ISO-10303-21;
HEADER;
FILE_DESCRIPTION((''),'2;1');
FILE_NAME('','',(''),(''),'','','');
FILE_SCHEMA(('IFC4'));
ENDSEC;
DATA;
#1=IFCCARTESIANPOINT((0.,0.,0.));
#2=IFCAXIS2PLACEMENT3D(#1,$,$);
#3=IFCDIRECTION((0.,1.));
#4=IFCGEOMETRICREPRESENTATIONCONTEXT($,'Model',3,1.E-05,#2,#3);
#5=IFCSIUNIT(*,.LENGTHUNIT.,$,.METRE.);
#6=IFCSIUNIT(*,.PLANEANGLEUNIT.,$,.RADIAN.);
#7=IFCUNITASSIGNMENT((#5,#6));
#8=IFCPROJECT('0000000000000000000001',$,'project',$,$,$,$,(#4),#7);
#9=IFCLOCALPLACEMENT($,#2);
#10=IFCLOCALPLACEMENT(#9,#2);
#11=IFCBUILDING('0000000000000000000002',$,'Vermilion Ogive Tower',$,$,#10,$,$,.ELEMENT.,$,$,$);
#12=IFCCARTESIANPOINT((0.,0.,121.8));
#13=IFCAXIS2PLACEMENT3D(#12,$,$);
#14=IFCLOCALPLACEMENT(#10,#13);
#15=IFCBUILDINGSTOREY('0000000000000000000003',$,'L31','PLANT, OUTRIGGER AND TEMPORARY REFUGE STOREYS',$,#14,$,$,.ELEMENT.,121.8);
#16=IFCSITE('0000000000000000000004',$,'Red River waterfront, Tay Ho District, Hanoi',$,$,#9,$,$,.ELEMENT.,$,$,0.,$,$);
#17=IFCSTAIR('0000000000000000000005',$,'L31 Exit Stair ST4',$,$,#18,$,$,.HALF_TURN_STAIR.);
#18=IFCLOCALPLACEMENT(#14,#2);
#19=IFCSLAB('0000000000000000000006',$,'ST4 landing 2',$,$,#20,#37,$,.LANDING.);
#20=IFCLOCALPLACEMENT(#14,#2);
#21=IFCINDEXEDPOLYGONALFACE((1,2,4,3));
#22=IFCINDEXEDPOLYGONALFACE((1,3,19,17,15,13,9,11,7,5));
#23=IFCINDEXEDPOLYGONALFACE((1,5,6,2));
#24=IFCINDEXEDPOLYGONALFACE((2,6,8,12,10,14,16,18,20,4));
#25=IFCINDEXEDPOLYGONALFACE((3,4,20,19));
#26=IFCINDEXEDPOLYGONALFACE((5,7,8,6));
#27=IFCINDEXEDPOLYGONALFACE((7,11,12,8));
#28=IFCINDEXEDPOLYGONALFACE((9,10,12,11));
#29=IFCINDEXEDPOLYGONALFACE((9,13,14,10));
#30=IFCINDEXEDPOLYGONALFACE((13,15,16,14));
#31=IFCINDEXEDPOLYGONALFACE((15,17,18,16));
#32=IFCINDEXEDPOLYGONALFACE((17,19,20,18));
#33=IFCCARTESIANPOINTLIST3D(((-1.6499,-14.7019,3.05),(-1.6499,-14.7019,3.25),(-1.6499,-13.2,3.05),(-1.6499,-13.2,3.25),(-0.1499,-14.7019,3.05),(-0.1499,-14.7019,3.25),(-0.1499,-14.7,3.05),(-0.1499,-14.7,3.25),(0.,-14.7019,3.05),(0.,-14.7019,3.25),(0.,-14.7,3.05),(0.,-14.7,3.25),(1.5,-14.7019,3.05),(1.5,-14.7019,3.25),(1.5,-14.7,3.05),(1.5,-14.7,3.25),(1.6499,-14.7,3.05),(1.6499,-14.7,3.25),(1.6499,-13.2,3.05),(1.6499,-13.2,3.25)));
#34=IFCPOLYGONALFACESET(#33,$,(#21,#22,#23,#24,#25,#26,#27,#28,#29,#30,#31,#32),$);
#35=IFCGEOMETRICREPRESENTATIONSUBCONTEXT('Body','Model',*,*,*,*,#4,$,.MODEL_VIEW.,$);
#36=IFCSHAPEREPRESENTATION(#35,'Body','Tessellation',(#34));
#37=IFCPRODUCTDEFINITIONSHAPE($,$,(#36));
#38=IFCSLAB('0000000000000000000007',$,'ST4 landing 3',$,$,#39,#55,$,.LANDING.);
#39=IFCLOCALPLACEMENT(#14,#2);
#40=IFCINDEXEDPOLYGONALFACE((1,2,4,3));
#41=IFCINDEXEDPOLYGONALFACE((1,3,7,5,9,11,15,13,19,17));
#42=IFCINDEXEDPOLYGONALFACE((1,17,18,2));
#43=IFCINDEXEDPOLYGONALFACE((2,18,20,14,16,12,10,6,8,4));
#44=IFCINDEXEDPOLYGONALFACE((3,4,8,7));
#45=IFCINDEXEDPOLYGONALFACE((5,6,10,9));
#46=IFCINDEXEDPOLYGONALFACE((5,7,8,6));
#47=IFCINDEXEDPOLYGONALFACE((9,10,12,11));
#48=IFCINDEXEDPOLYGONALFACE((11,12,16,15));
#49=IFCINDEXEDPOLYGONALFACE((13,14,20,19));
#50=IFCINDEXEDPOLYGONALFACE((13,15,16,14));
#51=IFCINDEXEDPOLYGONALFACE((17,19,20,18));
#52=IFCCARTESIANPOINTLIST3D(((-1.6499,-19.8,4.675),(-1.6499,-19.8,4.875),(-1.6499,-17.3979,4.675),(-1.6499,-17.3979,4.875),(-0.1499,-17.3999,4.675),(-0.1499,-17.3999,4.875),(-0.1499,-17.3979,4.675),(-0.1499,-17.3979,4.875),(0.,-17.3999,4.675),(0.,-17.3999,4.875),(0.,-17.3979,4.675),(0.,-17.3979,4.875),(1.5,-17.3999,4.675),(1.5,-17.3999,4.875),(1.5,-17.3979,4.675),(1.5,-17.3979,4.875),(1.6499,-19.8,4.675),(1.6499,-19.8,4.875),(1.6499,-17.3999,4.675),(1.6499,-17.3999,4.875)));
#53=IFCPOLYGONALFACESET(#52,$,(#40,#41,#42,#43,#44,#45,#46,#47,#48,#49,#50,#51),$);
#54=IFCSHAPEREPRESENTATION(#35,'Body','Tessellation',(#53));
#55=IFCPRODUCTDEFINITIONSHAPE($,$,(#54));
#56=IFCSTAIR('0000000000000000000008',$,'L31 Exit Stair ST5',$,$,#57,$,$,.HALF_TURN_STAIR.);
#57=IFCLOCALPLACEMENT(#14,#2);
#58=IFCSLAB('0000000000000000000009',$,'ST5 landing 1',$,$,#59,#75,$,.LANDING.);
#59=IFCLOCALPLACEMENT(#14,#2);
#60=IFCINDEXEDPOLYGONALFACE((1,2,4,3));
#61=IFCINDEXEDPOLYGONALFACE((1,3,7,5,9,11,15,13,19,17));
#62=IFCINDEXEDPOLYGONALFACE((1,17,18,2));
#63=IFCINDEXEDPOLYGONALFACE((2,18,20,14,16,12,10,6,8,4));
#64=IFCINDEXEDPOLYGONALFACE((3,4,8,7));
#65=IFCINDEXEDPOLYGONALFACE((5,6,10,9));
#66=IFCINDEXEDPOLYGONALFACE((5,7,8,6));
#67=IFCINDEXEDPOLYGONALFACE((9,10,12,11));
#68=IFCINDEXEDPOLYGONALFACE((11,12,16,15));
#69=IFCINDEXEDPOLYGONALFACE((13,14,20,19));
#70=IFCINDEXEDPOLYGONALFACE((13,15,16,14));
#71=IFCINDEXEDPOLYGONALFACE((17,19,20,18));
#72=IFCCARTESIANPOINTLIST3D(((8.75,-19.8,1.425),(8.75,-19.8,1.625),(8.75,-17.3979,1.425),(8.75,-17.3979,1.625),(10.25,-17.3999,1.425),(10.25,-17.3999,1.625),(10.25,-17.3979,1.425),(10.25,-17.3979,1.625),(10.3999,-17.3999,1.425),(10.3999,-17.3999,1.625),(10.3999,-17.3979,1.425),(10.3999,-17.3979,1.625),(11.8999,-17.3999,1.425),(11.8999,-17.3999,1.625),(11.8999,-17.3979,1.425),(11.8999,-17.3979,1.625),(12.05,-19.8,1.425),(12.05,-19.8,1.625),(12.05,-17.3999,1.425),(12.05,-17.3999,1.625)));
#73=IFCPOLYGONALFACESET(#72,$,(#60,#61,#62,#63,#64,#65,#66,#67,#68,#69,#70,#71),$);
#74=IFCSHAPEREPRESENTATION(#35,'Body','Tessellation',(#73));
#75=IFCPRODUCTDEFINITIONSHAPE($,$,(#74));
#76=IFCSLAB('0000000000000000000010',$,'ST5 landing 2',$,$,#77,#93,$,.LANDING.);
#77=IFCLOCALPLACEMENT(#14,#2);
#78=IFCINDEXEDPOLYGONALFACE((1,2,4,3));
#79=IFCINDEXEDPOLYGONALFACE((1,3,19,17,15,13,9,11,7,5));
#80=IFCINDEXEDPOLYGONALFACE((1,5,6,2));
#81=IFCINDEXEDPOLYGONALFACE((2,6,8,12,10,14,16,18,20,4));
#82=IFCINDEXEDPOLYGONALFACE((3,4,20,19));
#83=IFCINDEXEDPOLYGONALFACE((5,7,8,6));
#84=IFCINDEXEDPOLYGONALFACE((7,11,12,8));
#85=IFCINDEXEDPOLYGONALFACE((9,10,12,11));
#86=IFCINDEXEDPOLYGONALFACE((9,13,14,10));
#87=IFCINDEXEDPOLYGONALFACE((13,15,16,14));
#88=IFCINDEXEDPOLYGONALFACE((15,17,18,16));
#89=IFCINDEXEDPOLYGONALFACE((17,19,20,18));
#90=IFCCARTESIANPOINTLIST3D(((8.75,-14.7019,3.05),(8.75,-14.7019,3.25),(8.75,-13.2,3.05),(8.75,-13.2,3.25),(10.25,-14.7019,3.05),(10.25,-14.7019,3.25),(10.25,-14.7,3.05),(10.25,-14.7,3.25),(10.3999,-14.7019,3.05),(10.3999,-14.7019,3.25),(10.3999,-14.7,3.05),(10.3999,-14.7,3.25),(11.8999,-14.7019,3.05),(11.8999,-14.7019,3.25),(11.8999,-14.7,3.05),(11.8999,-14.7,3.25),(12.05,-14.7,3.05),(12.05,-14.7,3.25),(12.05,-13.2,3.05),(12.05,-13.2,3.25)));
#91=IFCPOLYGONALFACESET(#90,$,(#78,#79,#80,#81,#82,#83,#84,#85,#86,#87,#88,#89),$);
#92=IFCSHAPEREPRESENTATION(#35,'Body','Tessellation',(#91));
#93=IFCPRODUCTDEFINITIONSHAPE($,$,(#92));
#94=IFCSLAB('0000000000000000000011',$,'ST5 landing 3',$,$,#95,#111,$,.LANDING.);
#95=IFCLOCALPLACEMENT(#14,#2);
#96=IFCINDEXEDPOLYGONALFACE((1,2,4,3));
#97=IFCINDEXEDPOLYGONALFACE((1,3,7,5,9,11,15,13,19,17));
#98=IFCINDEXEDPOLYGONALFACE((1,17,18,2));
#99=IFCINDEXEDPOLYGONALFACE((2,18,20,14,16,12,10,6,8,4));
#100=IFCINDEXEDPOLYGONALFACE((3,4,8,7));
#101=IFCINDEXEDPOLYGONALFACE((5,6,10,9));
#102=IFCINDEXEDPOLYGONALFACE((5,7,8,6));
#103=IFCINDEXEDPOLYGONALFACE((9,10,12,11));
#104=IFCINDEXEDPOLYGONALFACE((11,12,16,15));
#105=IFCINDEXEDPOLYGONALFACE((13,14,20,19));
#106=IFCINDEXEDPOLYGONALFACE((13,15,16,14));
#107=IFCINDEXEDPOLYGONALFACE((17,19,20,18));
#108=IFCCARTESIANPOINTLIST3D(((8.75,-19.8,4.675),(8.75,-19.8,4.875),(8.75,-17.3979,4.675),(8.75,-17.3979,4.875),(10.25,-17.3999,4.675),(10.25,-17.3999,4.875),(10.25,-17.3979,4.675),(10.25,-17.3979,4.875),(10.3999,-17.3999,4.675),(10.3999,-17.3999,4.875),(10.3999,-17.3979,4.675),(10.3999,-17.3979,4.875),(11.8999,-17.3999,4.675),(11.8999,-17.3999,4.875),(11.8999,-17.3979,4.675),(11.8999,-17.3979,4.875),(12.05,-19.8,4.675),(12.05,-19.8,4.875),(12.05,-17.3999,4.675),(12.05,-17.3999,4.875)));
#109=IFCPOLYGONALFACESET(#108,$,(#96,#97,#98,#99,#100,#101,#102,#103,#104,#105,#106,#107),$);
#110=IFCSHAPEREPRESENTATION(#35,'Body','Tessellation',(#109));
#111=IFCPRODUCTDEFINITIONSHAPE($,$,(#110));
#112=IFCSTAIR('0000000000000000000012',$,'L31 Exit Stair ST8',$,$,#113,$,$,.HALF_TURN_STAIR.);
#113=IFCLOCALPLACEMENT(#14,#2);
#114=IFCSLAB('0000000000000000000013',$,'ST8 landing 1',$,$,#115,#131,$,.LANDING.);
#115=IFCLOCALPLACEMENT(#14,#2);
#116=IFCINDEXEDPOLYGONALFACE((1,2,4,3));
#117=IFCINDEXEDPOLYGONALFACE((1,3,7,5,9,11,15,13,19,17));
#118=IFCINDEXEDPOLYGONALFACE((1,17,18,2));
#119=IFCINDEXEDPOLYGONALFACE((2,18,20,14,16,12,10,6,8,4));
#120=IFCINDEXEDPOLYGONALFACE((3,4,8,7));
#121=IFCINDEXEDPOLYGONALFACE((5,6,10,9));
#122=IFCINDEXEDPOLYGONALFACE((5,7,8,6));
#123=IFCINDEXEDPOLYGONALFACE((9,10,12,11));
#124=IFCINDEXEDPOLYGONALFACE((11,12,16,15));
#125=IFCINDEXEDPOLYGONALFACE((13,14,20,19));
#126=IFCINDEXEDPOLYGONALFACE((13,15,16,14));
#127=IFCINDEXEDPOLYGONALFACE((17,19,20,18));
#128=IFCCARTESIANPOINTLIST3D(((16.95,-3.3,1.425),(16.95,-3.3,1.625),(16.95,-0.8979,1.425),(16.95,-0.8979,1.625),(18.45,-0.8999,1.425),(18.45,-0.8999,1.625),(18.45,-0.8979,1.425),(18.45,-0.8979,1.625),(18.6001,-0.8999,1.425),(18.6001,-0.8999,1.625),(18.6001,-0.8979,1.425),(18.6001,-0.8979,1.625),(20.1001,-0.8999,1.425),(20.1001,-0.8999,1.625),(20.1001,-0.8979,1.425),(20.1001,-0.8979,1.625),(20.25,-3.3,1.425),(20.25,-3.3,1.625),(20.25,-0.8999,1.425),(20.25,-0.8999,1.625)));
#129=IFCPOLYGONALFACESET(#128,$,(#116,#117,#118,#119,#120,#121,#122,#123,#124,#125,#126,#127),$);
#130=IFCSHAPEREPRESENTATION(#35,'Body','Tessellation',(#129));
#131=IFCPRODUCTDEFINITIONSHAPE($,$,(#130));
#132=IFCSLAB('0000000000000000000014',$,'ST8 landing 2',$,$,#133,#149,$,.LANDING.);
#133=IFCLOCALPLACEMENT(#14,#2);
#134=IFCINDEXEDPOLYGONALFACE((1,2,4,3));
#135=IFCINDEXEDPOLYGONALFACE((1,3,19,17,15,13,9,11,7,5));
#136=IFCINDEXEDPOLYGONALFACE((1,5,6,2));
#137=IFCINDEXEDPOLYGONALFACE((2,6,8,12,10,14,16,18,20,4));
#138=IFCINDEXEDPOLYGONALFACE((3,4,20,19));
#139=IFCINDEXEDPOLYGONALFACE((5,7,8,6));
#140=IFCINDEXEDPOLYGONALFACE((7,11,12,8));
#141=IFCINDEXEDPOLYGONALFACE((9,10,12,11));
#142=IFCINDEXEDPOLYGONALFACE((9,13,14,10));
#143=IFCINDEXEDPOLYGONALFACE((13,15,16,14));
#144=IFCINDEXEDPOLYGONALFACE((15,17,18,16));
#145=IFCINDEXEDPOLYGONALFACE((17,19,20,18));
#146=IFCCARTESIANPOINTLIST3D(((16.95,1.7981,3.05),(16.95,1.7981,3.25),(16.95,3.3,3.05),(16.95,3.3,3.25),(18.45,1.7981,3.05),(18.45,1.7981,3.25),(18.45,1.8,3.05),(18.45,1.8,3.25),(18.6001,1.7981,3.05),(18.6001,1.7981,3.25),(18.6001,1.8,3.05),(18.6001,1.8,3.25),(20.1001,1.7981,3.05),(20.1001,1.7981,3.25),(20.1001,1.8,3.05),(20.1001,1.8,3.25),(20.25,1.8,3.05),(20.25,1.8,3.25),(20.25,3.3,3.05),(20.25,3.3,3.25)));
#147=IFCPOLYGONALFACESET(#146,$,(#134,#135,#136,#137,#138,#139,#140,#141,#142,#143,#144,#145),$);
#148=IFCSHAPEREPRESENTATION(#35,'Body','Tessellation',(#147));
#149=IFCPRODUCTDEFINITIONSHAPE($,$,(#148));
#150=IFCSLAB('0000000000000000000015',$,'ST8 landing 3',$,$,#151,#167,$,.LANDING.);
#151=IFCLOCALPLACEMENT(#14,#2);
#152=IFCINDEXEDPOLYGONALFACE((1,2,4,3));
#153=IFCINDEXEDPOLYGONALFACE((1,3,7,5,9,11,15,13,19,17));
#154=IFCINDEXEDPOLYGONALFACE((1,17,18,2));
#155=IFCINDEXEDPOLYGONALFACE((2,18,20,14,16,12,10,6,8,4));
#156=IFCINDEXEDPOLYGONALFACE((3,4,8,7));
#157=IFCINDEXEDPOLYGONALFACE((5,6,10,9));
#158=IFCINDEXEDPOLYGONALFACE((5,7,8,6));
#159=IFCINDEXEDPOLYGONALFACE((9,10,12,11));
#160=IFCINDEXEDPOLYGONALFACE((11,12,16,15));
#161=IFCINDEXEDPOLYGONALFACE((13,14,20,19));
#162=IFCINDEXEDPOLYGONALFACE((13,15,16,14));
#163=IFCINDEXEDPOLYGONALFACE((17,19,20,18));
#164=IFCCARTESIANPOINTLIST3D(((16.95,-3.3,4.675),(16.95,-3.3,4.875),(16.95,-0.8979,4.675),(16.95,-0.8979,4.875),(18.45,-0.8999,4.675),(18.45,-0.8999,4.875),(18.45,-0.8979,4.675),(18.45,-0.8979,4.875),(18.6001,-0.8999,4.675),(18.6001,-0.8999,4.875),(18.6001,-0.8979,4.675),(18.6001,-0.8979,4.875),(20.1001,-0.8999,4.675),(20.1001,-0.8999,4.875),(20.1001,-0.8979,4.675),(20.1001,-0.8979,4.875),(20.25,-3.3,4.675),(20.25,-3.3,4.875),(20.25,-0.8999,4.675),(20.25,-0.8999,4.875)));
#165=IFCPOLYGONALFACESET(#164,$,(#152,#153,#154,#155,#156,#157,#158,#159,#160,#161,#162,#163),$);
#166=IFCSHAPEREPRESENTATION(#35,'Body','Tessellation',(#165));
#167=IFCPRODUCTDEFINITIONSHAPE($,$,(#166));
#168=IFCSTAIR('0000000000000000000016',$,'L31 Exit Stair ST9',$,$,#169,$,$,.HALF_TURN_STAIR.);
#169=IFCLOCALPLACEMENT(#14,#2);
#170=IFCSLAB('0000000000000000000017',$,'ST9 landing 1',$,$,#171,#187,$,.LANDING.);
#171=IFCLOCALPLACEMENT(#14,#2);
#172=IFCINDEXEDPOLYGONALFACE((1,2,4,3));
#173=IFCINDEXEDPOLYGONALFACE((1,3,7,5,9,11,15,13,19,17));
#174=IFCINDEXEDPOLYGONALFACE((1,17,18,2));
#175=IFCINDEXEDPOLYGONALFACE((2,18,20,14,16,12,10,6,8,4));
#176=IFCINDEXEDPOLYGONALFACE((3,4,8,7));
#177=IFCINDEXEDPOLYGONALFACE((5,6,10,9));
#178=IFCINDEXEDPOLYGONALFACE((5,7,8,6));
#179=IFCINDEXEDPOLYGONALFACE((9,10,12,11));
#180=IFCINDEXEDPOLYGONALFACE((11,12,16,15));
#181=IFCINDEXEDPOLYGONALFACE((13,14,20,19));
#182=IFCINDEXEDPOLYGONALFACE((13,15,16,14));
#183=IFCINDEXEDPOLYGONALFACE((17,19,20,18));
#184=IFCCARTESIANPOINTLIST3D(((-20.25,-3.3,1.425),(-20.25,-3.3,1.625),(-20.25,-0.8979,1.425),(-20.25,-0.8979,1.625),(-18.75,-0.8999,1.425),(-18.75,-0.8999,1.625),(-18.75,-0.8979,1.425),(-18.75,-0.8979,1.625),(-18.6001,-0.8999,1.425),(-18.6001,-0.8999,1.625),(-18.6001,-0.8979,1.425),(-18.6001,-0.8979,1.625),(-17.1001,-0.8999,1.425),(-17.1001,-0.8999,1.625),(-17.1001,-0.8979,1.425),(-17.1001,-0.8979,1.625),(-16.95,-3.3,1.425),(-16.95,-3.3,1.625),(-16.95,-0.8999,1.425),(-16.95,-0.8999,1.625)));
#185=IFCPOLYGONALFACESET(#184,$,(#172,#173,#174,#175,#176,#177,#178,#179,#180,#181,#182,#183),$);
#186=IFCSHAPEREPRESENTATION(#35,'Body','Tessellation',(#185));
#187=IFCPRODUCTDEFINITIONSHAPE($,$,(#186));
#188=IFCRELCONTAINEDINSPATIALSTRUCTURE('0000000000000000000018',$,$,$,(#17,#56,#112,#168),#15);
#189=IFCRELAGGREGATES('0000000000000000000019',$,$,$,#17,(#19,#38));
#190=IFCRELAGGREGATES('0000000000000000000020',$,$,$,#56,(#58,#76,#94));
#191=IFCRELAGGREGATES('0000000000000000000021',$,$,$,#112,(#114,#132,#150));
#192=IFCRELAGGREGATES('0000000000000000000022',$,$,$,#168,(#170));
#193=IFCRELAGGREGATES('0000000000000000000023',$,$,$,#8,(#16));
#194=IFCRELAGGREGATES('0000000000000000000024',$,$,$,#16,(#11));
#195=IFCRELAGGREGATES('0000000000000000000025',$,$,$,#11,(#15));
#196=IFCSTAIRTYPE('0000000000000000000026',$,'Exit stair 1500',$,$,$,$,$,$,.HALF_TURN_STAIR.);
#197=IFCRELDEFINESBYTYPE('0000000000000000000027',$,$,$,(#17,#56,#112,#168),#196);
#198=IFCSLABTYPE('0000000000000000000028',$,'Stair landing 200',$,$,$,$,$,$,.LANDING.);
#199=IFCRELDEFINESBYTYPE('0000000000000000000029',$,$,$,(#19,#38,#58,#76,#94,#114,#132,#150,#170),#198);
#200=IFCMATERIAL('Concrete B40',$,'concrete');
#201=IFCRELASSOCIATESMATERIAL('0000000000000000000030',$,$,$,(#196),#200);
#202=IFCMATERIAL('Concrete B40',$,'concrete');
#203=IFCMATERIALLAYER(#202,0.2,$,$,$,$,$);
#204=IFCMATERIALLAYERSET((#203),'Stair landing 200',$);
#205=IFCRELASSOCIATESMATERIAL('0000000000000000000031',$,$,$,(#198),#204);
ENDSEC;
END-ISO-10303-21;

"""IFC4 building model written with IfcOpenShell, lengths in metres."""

from ifc_helpers import new_model, si_unit, direction, frame, origin, place, context, subcontext, project, spatial, polyline, outline, extrude, material, layer, layer_set, type_object, element, aggregate, save


model = new_model("IFC4")

# Units and contexts
model_context = context("Model", 3, precision=1e-05, world=origin(), true_north=direction((0.0, 1.0)))
body_context = subcontext(model_context, "Body", "Model", "MODEL_VIEW")
ifc_project = project(units=[si_unit("LENGTHUNIT", "METRE"), si_unit("PLANEANGLEUNIT", "RADIAN")], contexts=[model_context])

# Site, building, storey
site_placement = place(None, origin())
site = spatial("IfcSite", under=ifc_project, at=site_placement, Name="Red River waterfront, Tay Ho District, Hanoi", CompositionType="ELEMENT", RefElevation=0.0)
building_placement = place(site_placement, origin())
building = spatial("IfcBuilding", under=site, at=building_placement, Name="Vermilion Ogive Tower", CompositionType="ELEMENT")
storey_placement = place(building_placement, frame((0.0, 0.0, 121.8)))
storey = spatial("IfcBuildingStorey", under=building, at=storey_placement, Name="L31", Description="PLANT, OUTRIGGER AND TEMPORARY REFUGE STOREYS", CompositionType="ELEMENT", Elevation=121.8)

# Shared definitions
ifc_material_1 = material(Name="Concrete B40", Category="concrete")
stair_type = type_object("IfcStairType", Name="Exit stair 1500", PredefinedType="HALF_TURN_STAIR", material=ifc_material_1)
ifc_material_2 = material(Name="Concrete B40", Category="concrete")
ifc_layer_1 = layer(ifc_material_2, 0.2)
ifc_layer_set_1 = layer_set([ifc_layer_1], Name="Stair landing 200")
slab_type_1 = type_object("IfcSlabType", Name="Stair landing 200", PredefinedType="LANDING", material=ifc_layer_set_1)

# Stairs, slabs
stair_1_placement = place(storey_placement, origin())
stair_1 = element("IfcStair", 1, at=stair_1_placement, inside=storey, type_object=stair_type, Name="L31 Exit Stair ST4", PredefinedType="HALF_TURN_STAIR")
slab_1_placement = place(storey_placement, frame((0.0, 0.0, 3.05)))
slab_1 = element("IfcSlab", 2, at=slab_1_placement, type_object=slab_type_1, Name="ST4 landing 2", PredefinedType="LANDING", context=body_context, shape_type="SweptSolid", body=[
    extrude(outline(polyline([(-1.6499, -13.2), (-1.6499, -14.7019), (-0.1499, -14.7019), (-0.1499, -14.7), (0.0, -14.7), (0.0, -14.7019), (1.5, -14.7019), (1.5, -14.7), (1.6499, -14.7), (1.6499, -13.2), (-1.6499, -13.2)])), origin(), (0.0, 0.0, 1.0), 0.2),
])
slab_2_placement = place(storey_placement, frame((0.0, 0.0, 4.675)))
slab_2 = element("IfcSlab", 3, at=slab_2_placement, type_object=slab_type_1, Name="ST4 landing 3", PredefinedType="LANDING", context=body_context, shape_type="SweptSolid", body=[
    extrude(outline(polyline([(1.6499, -17.3999), (1.5, -17.3999), (1.5, -17.3979), (0.0, -17.3979), (0.0, -17.3999), (-0.1499, -17.3999), (-0.1499, -17.3979), (-1.6499, -17.3979), (-1.6499, -19.8), (1.6499, -19.8), (1.6499, -17.3999)])), origin(), (0.0, 0.0, 1.0), 0.2),
])
aggregate(stair_1, [slab_1, slab_2])
stair_2_placement = place(storey_placement, origin())
stair_2 = element("IfcStair", 4, at=stair_2_placement, inside=storey, type_object=stair_type, Name="L31 Exit Stair ST5", PredefinedType="HALF_TURN_STAIR")
slab_3_placement = place(storey_placement, frame((0.0, 0.0, 1.425)))
slab_3 = element("IfcSlab", 5, at=slab_3_placement, type_object=slab_type_1, Name="ST5 landing 1", PredefinedType="LANDING", context=body_context, shape_type="SweptSolid", body=[
    extrude(outline(polyline([(12.05, -17.3999), (11.8999, -17.3999), (11.8999, -17.3979), (10.3999, -17.3979), (10.3999, -17.3999), (10.25, -17.3999), (10.25, -17.3979), (8.75, -17.3979), (8.75, -19.8), (12.05, -19.8), (12.05, -17.3999)])), origin(), (0.0, 0.0, 1.0), 0.2),
])
slab_4_placement = place(storey_placement, frame((0.0, 0.0, 3.05)))
slab_4 = element("IfcSlab", 6, at=slab_4_placement, type_object=slab_type_1, Name="ST5 landing 2", PredefinedType="LANDING", context=body_context, shape_type="SweptSolid", body=[
    extrude(outline(polyline([(8.75, -13.2), (8.75, -14.7019), (10.25, -14.7019), (10.25, -14.7), (10.3999, -14.7), (10.3999, -14.7019), (11.8999, -14.7019), (11.8999, -14.7), (12.05, -14.7), (12.05, -13.2), (8.75, -13.2)])), origin(), (0.0, 0.0, 1.0), 0.2),
])
slab_5_placement = place(storey_placement, frame((0.0, 0.0, 4.675)))
slab_5 = element("IfcSlab", 7, at=slab_5_placement, type_object=slab_type_1, Name="ST5 landing 3", PredefinedType="LANDING", context=body_context, shape_type="SweptSolid", body=[
    extrude(outline(polyline([(12.05, -17.3999), (11.8999, -17.3999), (11.8999, -17.3979), (10.3999, -17.3979), (10.3999, -17.3999), (10.25, -17.3999), (10.25, -17.3979), (8.75, -17.3979), (8.75, -19.8), (12.05, -19.8), (12.05, -17.3999)])), origin(), (0.0, 0.0, 1.0), 0.2),
])
aggregate(stair_2, [slab_3, slab_4, slab_5])
stair_3_placement = place(storey_placement, origin())
stair_3 = element("IfcStair", 8, at=stair_3_placement, inside=storey, type_object=stair_type, Name="L31 Exit Stair ST8", PredefinedType="HALF_TURN_STAIR")
slab_6_placement = place(storey_placement, frame((0.0, 0.0, 1.425)))
slab_6 = element("IfcSlab", 9, at=slab_6_placement, type_object=slab_type_1, Name="ST8 landing 1", PredefinedType="LANDING", context=body_context, shape_type="SweptSolid", body=[
    extrude(outline(polyline([(20.25, -0.8999), (20.1001, -0.8999), (20.1001, -0.8979), (18.6001, -0.8979), (18.6001, -0.8999), (18.45, -0.8999), (18.45, -0.8979), (16.95, -0.8979), (16.95, -3.3), (20.25, -3.3), (20.25, -0.8999)])), origin(), (0.0, 0.0, 1.0), 0.2),
])
slab_7_placement = place(storey_placement, frame((0.0, 0.0, 3.05)))
slab_7 = element("IfcSlab", 10, at=slab_7_placement, type_object=slab_type_1, Name="ST8 landing 2", PredefinedType="LANDING", context=body_context, shape_type="SweptSolid", body=[
    extrude(outline(polyline([(16.95, 3.3), (16.95, 1.7981), (18.45, 1.7981), (18.45, 1.8), (18.6001, 1.8), (18.6001, 1.7981), (20.1001, 1.7981), (20.1001, 1.8), (20.25, 1.8), (20.25, 3.3), (16.95, 3.3)])), origin(), (0.0, 0.0, 1.0), 0.2),
])
slab_8_placement = place(storey_placement, frame((0.0, 0.0, 4.675)))
slab_8 = element("IfcSlab", 11, at=slab_8_placement, type_object=slab_type_1, Name="ST8 landing 3", PredefinedType="LANDING", context=body_context, shape_type="SweptSolid", body=[
    extrude(outline(polyline([(20.25, -0.8999), (20.1001, -0.8999), (20.1001, -0.8979), (18.6001, -0.8979), (18.6001, -0.8999), (18.45, -0.8999), (18.45, -0.8979), (16.95, -0.8979), (16.95, -3.3), (20.25, -3.3), (20.25, -0.8999)])), origin(), (0.0, 0.0, 1.0), 0.2),
])
aggregate(stair_3, [slab_6, slab_7, slab_8])
stair_4_placement = place(storey_placement, origin())
stair_4 = element("IfcStair", 12, at=stair_4_placement, inside=storey, type_object=stair_type, Name="L31 Exit Stair ST9", PredefinedType="HALF_TURN_STAIR")
slab_9_placement = place(storey_placement, frame((0.0, 0.0, 1.425)))
slab_9 = element("IfcSlab", 13, at=slab_9_placement, type_object=slab_type_1, Name="ST9 landing 1", PredefinedType="LANDING", context=body_context, shape_type="SweptSolid", body=[
    extrude(outline(polyline([(-16.95, -0.8999), (-17.1001, -0.8999), (-17.1001, -0.8979), (-18.6001, -0.8979), (-18.6001, -0.8999), (-18.75, -0.8999), (-18.75, -0.8979), (-20.25, -0.8979), (-20.25, -3.3), (-16.95, -3.3), (-16.95, -0.8999)])), origin(), (0.0, 0.0, 1.0), 0.2),
])
aggregate(stair_4, [slab_9])

save(model, "model.ifc")
